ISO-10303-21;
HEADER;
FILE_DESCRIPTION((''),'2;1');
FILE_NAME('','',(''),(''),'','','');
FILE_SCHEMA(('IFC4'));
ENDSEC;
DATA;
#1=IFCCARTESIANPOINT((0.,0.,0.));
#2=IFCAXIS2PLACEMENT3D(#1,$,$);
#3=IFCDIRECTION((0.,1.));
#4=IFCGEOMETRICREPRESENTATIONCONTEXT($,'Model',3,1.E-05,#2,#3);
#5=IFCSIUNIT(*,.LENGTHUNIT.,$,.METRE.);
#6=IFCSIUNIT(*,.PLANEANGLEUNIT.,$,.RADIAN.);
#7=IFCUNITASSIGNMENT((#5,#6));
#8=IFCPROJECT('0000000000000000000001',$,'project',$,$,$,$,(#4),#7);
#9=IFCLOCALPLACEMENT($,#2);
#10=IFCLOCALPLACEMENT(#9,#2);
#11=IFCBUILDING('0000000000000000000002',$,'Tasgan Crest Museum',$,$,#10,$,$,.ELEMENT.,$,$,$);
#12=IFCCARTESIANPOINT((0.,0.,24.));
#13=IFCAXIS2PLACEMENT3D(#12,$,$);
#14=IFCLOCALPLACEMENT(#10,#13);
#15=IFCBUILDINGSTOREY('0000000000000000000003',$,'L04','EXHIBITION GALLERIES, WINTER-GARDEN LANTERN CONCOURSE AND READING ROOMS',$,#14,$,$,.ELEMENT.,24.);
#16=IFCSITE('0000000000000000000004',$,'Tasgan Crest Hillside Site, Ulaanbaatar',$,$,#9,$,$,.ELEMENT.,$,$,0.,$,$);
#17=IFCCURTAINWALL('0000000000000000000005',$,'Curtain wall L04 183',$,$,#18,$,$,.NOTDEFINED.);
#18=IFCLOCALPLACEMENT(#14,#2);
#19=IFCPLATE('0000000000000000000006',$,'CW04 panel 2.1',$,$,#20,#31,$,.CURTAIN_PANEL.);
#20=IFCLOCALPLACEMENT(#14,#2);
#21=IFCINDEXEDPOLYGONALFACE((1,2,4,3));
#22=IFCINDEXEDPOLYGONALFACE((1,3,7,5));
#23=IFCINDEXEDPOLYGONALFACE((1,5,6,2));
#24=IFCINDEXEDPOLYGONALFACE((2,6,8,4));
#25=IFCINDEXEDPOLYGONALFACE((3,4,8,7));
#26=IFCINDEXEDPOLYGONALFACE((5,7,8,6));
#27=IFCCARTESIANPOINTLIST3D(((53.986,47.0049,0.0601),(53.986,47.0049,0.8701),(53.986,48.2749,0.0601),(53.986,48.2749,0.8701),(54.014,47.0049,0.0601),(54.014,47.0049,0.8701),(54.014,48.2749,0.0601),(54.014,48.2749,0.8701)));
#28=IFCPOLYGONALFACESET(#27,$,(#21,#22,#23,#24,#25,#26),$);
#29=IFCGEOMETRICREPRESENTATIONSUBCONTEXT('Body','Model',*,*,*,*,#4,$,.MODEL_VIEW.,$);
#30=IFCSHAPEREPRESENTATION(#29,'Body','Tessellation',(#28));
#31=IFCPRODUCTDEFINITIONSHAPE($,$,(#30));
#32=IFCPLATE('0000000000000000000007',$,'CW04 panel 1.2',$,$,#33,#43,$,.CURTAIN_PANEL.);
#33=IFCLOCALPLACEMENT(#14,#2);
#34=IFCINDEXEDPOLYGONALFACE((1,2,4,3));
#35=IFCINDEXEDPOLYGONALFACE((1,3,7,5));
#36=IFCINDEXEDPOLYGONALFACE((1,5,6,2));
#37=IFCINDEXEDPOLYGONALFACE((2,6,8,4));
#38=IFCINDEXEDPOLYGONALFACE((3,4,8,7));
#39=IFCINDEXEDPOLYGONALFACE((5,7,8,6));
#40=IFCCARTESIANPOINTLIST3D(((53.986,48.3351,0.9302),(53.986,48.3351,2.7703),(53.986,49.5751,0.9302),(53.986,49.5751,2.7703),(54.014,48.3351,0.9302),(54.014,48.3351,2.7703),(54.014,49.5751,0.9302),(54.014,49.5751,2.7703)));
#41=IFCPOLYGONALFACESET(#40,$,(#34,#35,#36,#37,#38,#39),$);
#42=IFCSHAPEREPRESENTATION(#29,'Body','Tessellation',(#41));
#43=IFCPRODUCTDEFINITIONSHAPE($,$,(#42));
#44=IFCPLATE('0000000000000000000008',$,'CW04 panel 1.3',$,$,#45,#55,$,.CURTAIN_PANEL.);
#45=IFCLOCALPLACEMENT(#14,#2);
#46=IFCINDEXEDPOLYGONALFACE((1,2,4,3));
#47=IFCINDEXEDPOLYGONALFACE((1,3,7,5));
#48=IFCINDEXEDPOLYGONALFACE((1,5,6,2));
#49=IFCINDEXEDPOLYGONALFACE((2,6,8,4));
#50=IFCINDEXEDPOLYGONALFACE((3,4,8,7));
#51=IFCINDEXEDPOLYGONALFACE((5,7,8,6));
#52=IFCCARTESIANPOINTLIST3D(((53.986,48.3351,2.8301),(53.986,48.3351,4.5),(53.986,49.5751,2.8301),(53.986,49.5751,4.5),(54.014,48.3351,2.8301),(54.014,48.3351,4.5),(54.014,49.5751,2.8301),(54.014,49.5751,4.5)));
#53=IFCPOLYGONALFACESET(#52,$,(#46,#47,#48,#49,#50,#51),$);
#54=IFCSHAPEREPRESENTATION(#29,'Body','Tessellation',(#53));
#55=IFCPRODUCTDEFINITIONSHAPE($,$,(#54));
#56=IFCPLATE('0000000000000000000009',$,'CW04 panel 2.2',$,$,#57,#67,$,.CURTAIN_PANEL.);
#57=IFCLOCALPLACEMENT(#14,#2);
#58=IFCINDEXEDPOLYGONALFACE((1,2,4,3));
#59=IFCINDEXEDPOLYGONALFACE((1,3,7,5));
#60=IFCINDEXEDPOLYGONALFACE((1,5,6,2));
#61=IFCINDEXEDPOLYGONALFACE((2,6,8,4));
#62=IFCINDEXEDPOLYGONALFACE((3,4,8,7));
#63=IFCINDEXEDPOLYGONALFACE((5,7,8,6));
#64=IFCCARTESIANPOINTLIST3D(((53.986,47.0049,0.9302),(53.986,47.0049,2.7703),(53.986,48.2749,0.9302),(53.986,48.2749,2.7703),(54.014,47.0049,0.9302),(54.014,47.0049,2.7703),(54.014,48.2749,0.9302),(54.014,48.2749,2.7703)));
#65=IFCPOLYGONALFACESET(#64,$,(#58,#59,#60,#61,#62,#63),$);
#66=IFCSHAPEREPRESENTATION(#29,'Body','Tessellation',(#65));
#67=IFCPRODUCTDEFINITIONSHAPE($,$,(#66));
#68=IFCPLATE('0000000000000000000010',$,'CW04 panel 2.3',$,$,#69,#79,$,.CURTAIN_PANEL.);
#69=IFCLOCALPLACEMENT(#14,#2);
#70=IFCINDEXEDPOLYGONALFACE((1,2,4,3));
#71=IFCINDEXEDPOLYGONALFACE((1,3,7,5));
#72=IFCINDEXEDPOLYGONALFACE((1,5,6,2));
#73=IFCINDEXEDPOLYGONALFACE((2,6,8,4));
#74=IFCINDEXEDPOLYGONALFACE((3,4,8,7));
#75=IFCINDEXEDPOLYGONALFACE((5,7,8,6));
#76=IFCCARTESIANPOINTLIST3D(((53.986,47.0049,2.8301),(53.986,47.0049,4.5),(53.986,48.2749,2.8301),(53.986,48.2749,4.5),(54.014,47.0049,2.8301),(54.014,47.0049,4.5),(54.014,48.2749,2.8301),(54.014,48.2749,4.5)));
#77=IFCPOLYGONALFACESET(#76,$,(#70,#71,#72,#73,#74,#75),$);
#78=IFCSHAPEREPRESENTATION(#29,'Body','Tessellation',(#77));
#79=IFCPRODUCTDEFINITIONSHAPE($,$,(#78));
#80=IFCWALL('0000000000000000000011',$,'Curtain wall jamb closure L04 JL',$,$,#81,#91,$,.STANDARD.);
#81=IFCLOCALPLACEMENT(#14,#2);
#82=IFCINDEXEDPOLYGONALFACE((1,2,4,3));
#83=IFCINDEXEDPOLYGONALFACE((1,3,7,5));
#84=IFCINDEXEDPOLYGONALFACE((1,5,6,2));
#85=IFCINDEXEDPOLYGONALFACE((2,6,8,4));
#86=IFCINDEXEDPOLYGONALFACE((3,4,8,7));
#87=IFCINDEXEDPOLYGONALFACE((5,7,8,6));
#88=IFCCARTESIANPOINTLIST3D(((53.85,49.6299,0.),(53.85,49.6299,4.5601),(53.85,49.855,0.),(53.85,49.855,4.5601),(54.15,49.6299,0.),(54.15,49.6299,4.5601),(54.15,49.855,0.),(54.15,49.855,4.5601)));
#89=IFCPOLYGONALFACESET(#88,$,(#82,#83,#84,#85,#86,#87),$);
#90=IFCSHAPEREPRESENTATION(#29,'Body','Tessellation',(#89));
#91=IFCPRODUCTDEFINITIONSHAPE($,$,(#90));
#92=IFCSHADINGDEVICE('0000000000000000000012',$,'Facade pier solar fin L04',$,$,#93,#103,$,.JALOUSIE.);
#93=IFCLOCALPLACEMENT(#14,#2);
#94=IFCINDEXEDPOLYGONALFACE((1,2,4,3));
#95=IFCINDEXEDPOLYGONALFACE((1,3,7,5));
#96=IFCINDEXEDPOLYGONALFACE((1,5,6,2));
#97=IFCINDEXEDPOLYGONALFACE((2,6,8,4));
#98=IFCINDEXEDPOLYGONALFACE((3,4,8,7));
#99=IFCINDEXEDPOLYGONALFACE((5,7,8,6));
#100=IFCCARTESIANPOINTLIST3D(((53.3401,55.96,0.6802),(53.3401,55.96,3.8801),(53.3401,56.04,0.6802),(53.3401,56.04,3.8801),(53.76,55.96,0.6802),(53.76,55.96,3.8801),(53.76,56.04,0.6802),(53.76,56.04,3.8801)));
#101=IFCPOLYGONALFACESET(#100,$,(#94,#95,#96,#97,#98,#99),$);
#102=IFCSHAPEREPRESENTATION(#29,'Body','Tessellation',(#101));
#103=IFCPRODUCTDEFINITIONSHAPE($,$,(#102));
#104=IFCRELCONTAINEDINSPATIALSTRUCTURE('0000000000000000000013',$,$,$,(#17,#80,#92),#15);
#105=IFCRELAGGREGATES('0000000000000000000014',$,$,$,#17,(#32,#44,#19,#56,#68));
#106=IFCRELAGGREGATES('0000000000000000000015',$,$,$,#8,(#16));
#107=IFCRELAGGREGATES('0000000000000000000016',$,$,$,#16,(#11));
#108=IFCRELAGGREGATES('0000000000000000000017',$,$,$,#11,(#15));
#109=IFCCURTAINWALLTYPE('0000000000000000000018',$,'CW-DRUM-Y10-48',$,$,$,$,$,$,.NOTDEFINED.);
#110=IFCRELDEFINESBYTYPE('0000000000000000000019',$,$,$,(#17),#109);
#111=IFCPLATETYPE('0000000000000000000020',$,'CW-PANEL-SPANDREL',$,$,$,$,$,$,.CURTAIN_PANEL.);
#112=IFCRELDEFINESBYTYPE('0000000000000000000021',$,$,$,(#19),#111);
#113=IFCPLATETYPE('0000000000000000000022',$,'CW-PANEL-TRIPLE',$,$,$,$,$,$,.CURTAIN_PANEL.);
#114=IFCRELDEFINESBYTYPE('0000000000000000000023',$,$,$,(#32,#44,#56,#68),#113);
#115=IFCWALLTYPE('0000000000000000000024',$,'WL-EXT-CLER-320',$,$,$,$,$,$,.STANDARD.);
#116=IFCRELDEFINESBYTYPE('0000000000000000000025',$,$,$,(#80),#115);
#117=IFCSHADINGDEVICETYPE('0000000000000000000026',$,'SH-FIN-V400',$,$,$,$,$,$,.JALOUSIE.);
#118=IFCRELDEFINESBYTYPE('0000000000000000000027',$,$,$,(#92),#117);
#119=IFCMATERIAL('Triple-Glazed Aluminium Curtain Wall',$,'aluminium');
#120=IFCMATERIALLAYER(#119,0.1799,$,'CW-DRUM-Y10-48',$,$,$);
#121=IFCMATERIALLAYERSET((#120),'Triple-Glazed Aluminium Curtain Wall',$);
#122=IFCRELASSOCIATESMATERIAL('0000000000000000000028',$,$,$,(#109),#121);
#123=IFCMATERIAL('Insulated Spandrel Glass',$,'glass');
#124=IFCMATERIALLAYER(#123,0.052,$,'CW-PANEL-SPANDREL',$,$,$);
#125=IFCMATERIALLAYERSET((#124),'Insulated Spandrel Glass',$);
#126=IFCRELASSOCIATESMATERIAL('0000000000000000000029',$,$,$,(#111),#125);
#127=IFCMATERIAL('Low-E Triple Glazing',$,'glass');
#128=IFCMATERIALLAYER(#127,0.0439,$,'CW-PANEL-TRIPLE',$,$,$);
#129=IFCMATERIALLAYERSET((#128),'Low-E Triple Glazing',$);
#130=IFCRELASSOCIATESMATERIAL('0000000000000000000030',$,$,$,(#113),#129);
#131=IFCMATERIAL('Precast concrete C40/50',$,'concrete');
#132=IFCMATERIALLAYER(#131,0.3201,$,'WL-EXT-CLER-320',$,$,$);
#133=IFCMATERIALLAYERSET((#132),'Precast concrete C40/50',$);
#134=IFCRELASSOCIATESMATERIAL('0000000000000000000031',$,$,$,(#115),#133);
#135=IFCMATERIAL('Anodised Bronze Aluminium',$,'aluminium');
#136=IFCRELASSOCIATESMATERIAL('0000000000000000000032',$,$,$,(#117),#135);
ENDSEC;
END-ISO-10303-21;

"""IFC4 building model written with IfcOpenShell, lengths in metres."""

from ifc_helpers import new_model, si_unit, direction, frame, frame_2d, origin, origin_2d, place, context, subcontext, project, spatial, rectangle, extrude, material, layer, layer_set, type_object, element, aggregate, save


model = new_model("IFC4")

# Units and contexts
model_context = context("Model", 3, precision=1e-05, world=origin(), true_north=direction((0.0, 1.0)))
body_context = subcontext(model_context, "Body", "Model", "MODEL_VIEW")
ifc_project = project(units=[si_unit("LENGTHUNIT", "METRE"), si_unit("PLANEANGLEUNIT", "RADIAN")], contexts=[model_context])

# Site, building, storey
site_placement = place(None, origin())
site = spatial("IfcSite", under=ifc_project, at=site_placement, Name="Tasgan Crest Hillside Site, Ulaanbaatar", CompositionType="ELEMENT", RefElevation=0.0)
building_placement = place(site_placement, origin())
building = spatial("IfcBuilding", under=site, at=building_placement, Name="Tasgan Crest Museum", CompositionType="ELEMENT")
storey_placement = place(building_placement, frame((0.0, 0.0, 24.0)))
storey = spatial("IfcBuildingStorey", under=building, at=storey_placement, Name="L04", Description="EXHIBITION GALLERIES, WINTER-GARDEN LANTERN CONCOURSE AND READING ROOMS", CompositionType="ELEMENT", Elevation=24.0)

# Curtain wall, plates
ifc_material_1 = material(Name="Triple-Glazed Aluminium Curtain Wall", Category="aluminium")
ifc_layer_1 = layer(ifc_material_1, 0.1799, Name="CW-DRUM-Y10-48")
ifc_layer_set_1 = layer_set([ifc_layer_1], Name="Triple-Glazed Aluminium Curtain Wall")
curtain_wall_type = type_object("IfcCurtainWallType", Name="CW-DRUM-Y10-48", PredefinedType="NOTDEFINED", material=ifc_layer_set_1)
curtain_wall_placement = place(storey_placement, origin())
curtain_wall = element("IfcCurtainWall", 1, at=curtain_wall_placement, inside=storey, type_object=curtain_wall_type, Name="Curtain wall L04 183", PredefinedType="NOTDEFINED")
ifc_material_2 = material(Name="Insulated Spandrel Glass", Category="glass")
ifc_layer_2 = layer(ifc_material_2, 0.052, Name="CW-PANEL-SPANDREL")
ifc_layer_set_2 = layer_set([ifc_layer_2], Name="Insulated Spandrel Glass")
plate_type_1 = type_object("IfcPlateType", Name="CW-PANEL-SPANDREL", PredefinedType="CURTAIN_PANEL", material=ifc_layer_set_2)
plate_1_placement = place(storey_placement, frame((54.0, 47.6399, 0.0601), z_axis=(0.0, 0.0, 1.0), x_axis=(0.0, -1.0, 0.0)))
plate_1 = element("IfcPlate", 2, at=plate_1_placement, type_object=plate_type_1, Name="CW04 panel 2.1", PredefinedType="CURTAIN_PANEL", context=body_context, shape_type="SweptSolid", body=[
    extrude(rectangle(XDim=1.27, YDim=0.0281, at=origin_2d()), origin(), (0.0, 0.0, 1.0), 0.8101),
])
ifc_material_3 = material(Name="Low-E Triple Glazing", Category="glass")
ifc_layer_3 = layer(ifc_material_3, 0.0439, Name="CW-PANEL-TRIPLE")
ifc_layer_set_3 = layer_set([ifc_layer_3], Name="Low-E Triple Glazing")
plate_type_2 = type_object("IfcPlateType", Name="CW-PANEL-TRIPLE", PredefinedType="CURTAIN_PANEL", material=ifc_layer_set_3)
plate_2_placement = place(storey_placement, frame((54.0, 48.9551, 0.9302), z_axis=(0.0, 0.0, 1.0), x_axis=(0.0, -1.0, 0.0)))
plate_2 = element("IfcPlate", 3, at=plate_2_placement, type_object=plate_type_2, Name="CW04 panel 1.2", PredefinedType="CURTAIN_PANEL", context=body_context, shape_type="SweptSolid", body=[
    extrude(rectangle(XDim=1.24, YDim=0.0281, at=origin_2d()), origin(), (0.0, 0.0, 1.0), 1.8401),
])
plate_3_placement = place(storey_placement, frame((54.0, 48.9551, 2.8301), z_axis=(0.0, 0.0, 1.0), x_axis=(0.0, -1.0, 0.0)))
plate_3 = element("IfcPlate", 4, at=plate_3_placement, type_object=plate_type_2, Name="CW04 panel 1.3", PredefinedType="CURTAIN_PANEL", context=body_context, shape_type="SweptSolid", body=[
    extrude(rectangle(XDim=1.24, YDim=0.0281, at=origin_2d()), origin(), (0.0, 0.0, 1.0), 1.6699),
])
plate_4_placement = place(storey_placement, frame((54.0, 47.6399, 0.9302), z_axis=(0.0, 0.0, 1.0), x_axis=(0.0, -1.0, 0.0)))
plate_4 = element("IfcPlate", 5, at=plate_4_placement, type_object=plate_type_2, Name="CW04 panel 2.2", PredefinedType="CURTAIN_PANEL", context=body_context, shape_type="SweptSolid", body=[
    extrude(rectangle(XDim=1.27, YDim=0.0281, at=origin_2d()), origin(), (0.0, 0.0, 1.0), 1.8401),
])
plate_5_placement = place(storey_placement, frame((54.0, 47.6399, 2.8301), z_axis=(0.0, 0.0, 1.0), x_axis=(0.0, -1.0, 0.0)))
plate_5 = element("IfcPlate", 6, at=plate_5_placement, type_object=plate_type_2, Name="CW04 panel 2.3", PredefinedType="CURTAIN_PANEL", context=body_context, shape_type="SweptSolid", body=[
    extrude(rectangle(XDim=1.27, YDim=0.0281, at=origin_2d()), origin(), (0.0, 0.0, 1.0), 1.6699),
])
aggregate(curtain_wall, [plate_2, plate_3, plate_1, plate_4, plate_5])

# Wall
ifc_material_4 = material(Name="Precast concrete C40/50", Category="concrete")
ifc_layer_4 = layer(ifc_material_4, 0.3201, Name="WL-EXT-CLER-320")
ifc_layer_set_4 = layer_set([ifc_layer_4], Name="Precast concrete C40/50")
wall_type = type_object("IfcWallType", Name="WL-EXT-CLER-320", PredefinedType="STANDARD", material=ifc_layer_set_4)
wall_placement = place(storey_placement, frame((54.0, 49.855, 0.0), z_axis=(0.0, 0.0, 1.0), x_axis=(0.0, -1.0, 0.0)))
element("IfcWall", 7, at=wall_placement, inside=storey, type_object=wall_type, Name="Curtain wall jamb closure L04 JL", PredefinedType="STANDARD", context=body_context, shape_type="SweptSolid", body=[
    extrude(rectangle(XDim=0.2251, YDim=0.3, at=frame_2d((0.1125, 0.0))), origin(), (0.0, 0.0, 1.0), 4.5601),
])

# Shading device
ifc_material_5 = material(Name="Anodised Bronze Aluminium", Category="aluminium")
shading_device_type = type_object("IfcShadingDeviceType", Name="SH-FIN-V400", PredefinedType="JALOUSIE", material=ifc_material_5)
shading_device_placement = place(storey_placement, frame((53.55, 56.0, 0.6802), z_axis=(0.0, 0.0, 1.0), x_axis=(0.0, -1.0, 0.0)))
element("IfcShadingDevice", 8, at=shading_device_placement, inside=storey, type_object=shading_device_type, Name="Facade pier solar fin L04", PredefinedType="JALOUSIE", context=body_context, shape_type="SweptSolid", body=[
    extrude(rectangle(XDim=0.0801, YDim=0.4199, at=origin_2d()), origin(), (0.0, 0.0, 1.0), 3.2),
])

save(model, "model.ifc")
